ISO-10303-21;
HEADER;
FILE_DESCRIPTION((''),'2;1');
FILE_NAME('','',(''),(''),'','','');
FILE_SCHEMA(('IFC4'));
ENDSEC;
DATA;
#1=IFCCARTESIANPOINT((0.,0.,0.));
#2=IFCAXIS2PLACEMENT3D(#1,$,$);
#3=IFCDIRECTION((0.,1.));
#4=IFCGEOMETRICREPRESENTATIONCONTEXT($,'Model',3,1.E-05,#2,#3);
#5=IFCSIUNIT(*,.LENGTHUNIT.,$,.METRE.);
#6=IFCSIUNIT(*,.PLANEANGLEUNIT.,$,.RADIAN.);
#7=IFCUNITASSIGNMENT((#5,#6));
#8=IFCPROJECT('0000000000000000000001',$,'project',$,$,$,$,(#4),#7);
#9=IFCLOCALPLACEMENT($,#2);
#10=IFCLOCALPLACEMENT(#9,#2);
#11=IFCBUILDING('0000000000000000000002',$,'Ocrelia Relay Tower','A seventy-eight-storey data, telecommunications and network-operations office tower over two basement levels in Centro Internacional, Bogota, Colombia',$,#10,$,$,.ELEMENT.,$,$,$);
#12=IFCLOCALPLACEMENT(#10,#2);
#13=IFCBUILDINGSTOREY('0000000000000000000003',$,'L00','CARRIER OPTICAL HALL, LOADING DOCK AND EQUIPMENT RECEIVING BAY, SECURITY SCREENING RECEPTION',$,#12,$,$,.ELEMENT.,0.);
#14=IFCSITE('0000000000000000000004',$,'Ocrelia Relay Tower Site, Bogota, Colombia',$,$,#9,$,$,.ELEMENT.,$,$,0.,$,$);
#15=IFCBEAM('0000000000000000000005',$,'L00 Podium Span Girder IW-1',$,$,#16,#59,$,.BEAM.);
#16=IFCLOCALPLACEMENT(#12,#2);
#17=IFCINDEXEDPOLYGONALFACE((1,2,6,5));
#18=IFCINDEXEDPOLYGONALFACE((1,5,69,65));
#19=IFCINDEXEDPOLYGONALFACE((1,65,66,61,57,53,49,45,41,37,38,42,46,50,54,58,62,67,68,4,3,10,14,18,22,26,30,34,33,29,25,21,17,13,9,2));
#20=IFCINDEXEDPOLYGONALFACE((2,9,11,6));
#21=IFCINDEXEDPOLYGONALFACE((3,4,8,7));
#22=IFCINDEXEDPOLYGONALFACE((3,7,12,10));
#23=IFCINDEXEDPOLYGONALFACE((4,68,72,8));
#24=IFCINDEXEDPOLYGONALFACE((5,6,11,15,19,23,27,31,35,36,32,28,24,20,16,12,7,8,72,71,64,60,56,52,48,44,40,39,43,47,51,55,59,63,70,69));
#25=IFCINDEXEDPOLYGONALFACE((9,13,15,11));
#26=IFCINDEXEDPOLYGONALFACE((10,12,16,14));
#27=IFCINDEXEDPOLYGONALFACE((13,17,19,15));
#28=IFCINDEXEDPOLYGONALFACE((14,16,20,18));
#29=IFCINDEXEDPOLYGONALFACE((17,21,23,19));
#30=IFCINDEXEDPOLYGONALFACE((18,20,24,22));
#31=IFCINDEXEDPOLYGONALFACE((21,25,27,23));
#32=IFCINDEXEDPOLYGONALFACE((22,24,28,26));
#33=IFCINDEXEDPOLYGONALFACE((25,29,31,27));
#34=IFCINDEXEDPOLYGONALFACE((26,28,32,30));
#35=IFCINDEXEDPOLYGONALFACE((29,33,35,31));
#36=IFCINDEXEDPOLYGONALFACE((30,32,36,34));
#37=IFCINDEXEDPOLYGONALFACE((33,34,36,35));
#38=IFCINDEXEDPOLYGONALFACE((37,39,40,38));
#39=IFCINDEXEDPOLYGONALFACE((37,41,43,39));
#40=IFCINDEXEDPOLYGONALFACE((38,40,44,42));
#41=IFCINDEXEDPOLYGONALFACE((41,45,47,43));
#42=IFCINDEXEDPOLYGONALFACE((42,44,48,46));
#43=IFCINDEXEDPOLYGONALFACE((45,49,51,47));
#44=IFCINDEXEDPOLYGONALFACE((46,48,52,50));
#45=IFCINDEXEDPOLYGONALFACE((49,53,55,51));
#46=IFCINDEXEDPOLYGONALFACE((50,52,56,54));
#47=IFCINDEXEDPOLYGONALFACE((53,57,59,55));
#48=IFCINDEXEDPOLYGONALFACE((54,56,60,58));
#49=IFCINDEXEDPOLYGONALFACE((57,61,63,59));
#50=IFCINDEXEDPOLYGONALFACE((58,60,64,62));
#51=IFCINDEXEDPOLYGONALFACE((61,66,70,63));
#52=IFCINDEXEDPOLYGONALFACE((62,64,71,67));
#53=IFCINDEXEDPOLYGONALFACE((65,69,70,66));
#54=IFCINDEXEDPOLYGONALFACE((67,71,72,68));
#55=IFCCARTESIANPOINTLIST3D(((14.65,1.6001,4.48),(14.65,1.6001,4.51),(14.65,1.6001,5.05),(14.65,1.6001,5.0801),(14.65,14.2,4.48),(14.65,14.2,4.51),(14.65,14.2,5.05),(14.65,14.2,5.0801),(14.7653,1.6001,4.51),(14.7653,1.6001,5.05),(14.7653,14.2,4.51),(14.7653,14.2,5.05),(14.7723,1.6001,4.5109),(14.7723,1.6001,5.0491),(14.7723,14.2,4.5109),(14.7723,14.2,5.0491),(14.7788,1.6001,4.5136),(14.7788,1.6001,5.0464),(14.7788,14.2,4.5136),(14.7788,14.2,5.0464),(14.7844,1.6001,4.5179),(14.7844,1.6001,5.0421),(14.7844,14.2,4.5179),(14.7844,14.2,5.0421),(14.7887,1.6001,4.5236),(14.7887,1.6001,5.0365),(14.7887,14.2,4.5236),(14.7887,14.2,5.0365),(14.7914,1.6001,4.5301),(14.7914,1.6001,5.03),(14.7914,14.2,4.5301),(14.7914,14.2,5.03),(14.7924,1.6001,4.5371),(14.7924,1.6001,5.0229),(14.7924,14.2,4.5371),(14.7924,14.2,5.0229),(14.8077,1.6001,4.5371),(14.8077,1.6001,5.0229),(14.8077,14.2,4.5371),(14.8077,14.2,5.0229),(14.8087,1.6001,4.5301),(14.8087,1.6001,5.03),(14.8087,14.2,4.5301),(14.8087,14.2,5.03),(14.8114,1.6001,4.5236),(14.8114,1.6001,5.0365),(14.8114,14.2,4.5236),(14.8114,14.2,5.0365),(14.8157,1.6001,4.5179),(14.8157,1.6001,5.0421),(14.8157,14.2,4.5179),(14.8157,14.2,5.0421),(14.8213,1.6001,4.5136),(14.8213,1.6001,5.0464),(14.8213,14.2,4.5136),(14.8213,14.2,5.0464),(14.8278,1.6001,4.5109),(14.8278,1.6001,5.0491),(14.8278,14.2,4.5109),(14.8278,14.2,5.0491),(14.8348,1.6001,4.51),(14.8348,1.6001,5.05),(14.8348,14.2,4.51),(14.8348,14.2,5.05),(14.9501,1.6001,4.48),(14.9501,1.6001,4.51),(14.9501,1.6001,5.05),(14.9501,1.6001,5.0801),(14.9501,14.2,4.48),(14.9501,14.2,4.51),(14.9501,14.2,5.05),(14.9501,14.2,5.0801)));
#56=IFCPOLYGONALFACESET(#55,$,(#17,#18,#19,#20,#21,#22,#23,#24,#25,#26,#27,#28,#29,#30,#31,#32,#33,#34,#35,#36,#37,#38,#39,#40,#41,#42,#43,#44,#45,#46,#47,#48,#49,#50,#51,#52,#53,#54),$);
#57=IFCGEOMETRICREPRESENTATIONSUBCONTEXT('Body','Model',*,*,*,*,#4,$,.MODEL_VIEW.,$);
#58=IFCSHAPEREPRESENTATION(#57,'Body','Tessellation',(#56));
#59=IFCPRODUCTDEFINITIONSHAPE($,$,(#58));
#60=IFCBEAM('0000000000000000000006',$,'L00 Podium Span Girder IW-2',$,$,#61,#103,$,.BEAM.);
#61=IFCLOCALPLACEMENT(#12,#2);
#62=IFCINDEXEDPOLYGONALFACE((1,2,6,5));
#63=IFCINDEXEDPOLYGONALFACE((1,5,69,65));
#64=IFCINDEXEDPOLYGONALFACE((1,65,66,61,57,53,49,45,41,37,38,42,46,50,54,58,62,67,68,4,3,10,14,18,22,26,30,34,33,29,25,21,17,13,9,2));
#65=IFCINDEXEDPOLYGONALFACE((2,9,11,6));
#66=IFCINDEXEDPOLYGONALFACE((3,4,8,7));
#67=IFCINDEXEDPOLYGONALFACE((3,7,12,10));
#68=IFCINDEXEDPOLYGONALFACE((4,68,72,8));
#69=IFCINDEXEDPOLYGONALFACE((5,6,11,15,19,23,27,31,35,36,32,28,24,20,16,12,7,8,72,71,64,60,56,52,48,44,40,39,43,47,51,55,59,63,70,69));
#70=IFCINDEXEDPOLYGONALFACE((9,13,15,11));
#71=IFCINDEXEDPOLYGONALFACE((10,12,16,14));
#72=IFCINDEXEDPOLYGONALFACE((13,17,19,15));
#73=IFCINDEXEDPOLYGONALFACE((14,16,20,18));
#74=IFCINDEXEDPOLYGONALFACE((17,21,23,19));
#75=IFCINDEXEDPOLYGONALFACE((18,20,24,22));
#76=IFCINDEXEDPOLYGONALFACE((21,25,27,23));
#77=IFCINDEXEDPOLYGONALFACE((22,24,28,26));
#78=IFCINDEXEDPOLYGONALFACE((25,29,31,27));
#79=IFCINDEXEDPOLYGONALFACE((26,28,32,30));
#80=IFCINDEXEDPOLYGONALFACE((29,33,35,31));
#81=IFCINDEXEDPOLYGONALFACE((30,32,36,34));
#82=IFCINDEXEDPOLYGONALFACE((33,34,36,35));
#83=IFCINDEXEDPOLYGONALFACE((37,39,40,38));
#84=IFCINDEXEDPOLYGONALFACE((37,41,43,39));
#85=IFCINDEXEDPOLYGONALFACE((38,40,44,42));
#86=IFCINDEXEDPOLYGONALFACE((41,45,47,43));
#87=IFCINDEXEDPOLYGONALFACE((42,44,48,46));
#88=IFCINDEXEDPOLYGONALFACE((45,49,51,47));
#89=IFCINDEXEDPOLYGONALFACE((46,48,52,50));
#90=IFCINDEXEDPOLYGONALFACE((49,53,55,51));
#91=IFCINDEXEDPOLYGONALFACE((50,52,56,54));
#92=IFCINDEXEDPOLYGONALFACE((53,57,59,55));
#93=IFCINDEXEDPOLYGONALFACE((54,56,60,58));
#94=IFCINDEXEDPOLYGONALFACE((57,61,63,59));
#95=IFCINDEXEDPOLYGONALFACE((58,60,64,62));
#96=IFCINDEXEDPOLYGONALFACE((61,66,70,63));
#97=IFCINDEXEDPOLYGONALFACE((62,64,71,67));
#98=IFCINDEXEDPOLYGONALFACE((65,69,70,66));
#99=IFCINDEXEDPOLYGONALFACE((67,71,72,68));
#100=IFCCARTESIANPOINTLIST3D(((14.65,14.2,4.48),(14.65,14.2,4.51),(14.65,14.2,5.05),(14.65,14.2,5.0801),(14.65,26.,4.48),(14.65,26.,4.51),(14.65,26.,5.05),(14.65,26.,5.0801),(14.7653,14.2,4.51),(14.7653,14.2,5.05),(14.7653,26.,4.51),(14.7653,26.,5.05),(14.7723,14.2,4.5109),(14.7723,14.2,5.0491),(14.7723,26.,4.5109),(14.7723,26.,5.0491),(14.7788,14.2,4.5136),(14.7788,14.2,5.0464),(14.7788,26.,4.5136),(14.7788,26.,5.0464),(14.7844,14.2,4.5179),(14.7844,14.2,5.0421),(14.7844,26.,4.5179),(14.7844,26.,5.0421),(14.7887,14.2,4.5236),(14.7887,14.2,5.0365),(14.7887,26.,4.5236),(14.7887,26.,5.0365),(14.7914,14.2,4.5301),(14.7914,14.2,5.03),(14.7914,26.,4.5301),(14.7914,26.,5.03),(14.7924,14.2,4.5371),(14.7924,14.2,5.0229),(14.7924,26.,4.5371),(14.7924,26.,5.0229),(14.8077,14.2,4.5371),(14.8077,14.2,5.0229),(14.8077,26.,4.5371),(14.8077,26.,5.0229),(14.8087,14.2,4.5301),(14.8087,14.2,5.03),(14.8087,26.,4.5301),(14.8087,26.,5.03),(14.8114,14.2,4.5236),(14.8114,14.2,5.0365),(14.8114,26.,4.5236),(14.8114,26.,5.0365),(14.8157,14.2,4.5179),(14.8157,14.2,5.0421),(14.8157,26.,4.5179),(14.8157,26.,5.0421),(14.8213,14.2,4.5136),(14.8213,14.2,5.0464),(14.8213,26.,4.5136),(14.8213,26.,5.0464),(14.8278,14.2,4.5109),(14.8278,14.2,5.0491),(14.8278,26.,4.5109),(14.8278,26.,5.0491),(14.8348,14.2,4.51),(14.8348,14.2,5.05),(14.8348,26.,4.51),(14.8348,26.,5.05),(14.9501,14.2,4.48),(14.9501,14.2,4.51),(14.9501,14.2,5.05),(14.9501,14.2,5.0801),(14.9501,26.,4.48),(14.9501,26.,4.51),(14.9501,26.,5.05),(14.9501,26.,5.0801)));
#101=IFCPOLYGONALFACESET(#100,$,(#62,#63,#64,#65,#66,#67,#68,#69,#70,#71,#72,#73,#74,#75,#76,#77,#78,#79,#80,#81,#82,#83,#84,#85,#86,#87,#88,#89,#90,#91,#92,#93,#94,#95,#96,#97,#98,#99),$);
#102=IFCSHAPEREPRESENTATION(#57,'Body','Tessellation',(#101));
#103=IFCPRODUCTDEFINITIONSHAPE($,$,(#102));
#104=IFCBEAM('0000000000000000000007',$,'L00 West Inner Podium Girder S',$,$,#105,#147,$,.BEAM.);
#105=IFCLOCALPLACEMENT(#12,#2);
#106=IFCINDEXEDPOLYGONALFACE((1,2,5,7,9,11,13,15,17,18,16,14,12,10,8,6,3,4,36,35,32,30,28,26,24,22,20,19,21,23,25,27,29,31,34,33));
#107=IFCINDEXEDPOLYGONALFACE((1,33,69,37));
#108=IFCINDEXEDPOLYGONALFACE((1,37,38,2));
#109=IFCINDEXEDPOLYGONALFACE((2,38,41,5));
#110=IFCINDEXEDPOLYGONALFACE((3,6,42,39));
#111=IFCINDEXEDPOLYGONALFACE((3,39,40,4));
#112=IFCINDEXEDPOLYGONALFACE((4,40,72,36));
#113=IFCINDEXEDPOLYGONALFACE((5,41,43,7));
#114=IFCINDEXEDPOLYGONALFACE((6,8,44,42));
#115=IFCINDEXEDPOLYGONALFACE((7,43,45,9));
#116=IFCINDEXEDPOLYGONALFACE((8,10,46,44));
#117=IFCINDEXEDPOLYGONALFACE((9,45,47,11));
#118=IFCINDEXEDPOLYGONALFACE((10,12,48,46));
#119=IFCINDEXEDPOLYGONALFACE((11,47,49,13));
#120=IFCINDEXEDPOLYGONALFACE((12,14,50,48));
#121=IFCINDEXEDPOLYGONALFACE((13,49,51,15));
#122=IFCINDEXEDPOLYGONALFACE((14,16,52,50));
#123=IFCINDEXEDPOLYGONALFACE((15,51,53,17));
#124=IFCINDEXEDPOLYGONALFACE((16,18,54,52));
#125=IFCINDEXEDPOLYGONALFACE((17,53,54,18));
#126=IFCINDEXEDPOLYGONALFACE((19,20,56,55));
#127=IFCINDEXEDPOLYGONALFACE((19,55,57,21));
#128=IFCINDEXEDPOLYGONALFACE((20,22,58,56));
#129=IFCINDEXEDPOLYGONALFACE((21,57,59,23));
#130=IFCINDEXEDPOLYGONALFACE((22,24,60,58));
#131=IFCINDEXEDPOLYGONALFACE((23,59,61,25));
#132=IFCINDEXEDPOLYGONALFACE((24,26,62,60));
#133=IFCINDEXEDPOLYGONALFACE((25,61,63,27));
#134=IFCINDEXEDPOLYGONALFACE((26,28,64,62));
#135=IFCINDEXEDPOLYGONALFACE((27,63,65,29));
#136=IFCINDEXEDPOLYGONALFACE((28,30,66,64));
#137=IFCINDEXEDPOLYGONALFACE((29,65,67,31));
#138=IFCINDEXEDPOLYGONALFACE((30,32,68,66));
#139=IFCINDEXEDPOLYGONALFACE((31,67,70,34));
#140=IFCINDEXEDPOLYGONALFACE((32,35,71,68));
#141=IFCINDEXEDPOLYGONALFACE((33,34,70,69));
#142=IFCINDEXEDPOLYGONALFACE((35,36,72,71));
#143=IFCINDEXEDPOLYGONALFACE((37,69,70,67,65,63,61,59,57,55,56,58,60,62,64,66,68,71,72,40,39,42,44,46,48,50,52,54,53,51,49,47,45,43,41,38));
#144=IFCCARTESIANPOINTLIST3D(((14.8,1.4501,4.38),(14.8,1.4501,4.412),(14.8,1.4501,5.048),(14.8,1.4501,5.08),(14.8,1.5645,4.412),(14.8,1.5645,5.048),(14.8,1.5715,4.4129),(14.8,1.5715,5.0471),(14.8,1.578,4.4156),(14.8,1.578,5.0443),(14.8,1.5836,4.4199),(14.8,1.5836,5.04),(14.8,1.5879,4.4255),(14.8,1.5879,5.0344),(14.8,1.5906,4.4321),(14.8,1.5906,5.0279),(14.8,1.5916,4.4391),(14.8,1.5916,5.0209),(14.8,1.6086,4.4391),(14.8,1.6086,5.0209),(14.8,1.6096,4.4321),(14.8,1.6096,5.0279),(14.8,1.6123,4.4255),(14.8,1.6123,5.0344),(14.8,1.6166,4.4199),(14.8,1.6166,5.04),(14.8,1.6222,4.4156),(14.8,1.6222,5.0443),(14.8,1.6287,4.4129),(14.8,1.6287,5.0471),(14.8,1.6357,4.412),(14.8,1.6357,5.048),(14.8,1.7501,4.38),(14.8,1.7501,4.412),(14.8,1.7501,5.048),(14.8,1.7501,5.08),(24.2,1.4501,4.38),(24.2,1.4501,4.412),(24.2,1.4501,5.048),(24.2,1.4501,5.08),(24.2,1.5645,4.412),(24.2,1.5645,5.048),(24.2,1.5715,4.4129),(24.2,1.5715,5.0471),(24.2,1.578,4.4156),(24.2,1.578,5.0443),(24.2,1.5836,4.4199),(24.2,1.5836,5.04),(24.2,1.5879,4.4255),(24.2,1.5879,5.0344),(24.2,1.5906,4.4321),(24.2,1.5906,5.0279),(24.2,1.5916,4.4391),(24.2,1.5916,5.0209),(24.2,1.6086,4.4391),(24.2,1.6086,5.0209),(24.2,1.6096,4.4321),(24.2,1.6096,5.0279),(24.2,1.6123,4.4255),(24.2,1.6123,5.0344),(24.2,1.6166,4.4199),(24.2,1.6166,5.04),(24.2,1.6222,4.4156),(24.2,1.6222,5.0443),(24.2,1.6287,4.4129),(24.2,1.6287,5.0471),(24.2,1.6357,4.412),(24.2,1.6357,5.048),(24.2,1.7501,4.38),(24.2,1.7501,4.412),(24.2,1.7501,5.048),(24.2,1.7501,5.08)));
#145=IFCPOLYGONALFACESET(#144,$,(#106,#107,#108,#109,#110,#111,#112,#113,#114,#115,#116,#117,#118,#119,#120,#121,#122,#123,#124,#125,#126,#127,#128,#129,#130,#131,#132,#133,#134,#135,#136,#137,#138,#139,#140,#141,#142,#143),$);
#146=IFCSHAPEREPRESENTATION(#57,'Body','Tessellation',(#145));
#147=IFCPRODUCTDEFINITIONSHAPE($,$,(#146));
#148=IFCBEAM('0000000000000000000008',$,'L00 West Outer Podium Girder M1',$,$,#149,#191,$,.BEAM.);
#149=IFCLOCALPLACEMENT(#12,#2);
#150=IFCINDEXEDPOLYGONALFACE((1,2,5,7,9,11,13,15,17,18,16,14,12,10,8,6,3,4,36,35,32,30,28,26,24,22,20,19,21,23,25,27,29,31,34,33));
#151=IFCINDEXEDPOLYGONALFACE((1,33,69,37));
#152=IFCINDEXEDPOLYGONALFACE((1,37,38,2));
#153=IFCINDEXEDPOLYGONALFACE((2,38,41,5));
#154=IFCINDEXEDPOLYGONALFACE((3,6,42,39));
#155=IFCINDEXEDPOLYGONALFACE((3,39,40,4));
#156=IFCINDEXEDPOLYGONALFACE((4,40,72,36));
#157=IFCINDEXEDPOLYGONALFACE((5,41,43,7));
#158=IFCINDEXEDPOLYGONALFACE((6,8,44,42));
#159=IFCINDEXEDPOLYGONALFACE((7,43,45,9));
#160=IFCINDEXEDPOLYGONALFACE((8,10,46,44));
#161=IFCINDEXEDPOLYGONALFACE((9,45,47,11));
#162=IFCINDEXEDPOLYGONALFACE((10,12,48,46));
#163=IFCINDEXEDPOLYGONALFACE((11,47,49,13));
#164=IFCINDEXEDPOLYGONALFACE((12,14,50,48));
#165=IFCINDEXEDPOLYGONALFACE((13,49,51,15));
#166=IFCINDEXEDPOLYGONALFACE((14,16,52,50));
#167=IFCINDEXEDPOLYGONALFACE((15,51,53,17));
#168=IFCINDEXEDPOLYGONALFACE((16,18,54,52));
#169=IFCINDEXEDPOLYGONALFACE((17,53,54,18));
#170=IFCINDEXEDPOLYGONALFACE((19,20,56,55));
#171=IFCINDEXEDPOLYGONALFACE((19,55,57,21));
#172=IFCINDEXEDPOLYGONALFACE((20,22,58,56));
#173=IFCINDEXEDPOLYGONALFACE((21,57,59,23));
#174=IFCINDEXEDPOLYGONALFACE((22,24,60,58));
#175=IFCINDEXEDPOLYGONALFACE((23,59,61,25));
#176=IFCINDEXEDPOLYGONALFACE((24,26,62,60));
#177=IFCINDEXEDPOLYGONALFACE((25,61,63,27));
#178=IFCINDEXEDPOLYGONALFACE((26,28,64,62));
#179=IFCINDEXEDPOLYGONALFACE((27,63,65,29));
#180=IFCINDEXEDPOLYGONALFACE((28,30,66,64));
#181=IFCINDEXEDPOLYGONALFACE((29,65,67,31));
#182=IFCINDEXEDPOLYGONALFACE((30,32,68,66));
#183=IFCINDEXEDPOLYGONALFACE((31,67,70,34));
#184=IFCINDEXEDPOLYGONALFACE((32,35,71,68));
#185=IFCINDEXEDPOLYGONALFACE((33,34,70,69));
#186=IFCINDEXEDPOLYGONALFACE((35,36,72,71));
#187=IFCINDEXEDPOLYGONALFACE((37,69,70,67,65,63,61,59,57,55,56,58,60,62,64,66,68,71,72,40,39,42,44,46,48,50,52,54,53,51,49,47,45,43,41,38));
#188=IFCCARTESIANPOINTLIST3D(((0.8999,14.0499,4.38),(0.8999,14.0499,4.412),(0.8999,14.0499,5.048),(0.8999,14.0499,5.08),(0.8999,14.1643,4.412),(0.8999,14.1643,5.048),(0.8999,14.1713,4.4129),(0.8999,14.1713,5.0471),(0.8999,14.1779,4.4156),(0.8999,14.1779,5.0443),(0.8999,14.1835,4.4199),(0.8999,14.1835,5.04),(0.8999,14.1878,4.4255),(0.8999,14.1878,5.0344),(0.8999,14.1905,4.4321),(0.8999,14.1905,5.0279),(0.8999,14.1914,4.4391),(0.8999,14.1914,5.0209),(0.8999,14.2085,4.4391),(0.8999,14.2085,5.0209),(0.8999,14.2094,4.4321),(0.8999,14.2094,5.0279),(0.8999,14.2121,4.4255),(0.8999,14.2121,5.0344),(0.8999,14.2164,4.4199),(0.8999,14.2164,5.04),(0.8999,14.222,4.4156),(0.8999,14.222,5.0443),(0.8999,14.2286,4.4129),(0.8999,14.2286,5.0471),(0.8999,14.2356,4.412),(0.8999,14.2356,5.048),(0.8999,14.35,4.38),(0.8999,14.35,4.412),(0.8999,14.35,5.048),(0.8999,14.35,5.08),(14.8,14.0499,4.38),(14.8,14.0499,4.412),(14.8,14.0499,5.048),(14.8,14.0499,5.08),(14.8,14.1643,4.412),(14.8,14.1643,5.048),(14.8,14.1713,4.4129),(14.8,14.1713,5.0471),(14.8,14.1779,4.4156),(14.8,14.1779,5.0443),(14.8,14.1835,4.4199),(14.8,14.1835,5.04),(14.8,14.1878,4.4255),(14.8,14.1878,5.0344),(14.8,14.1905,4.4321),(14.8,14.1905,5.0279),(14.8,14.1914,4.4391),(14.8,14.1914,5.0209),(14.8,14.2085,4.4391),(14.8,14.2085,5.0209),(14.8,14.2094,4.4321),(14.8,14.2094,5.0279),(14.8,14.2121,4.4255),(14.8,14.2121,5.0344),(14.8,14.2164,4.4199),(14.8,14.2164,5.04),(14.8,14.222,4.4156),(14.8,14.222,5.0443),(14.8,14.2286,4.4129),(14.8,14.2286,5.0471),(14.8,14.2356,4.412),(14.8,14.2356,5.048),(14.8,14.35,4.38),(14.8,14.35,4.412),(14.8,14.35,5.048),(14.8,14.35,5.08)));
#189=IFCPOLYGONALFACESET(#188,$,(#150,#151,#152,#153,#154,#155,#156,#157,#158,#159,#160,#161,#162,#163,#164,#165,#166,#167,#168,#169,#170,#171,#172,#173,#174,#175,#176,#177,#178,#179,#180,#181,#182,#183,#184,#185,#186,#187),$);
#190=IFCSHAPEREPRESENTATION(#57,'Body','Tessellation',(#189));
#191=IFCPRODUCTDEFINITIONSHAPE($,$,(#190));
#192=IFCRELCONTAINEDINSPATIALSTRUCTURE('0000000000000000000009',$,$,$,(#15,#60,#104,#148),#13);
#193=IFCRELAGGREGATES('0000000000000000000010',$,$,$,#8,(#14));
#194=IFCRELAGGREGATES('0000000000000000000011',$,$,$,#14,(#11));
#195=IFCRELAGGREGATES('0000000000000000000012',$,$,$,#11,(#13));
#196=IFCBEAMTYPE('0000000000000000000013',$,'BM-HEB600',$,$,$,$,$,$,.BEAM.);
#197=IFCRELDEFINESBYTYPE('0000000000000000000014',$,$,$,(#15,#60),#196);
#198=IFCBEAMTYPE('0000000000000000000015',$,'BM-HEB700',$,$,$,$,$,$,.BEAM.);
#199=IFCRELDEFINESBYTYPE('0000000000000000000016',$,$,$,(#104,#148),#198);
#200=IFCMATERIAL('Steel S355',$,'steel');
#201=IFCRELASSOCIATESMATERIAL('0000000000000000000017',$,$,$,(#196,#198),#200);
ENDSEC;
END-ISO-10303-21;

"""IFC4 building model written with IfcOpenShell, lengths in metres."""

from ifc_helpers import new_model, si_unit, direction, frame, origin, origin_2d, place, context, subcontext, project, spatial, i_section, extrude, material, material_profile, profile_set, type_object, element, save


model = new_model("IFC4")

# Units and contexts
model_context = context("Model", 3, precision=1e-05, world=origin(), true_north=direction((0.0, 1.0)))
body_context = subcontext(model_context, "Body", "Model", "MODEL_VIEW")
ifc_project = project(units=[si_unit("LENGTHUNIT", "METRE"), si_unit("PLANEANGLEUNIT", "RADIAN")], contexts=[model_context])

# Site, building, storey
site_placement = place(None, origin())
site = spatial("IfcSite", under=ifc_project, at=site_placement, Name="Ocrelia Relay Tower Site, Bogota, Colombia", CompositionType="ELEMENT", RefElevation=0.0)
building_placement = place(site_placement, origin())
building = spatial("IfcBuilding", under=site, at=building_placement, Name="Ocrelia Relay Tower", Description="A seventy-eight-storey data, telecommunications and network-operations office tower over two basement levels in Centro Internacional, Bogota, Colombia", CompositionType="ELEMENT")
storey_placement = place(building_placement, origin())
storey = spatial("IfcBuildingStorey", under=building, at=storey_placement, Name="L00", Description="CARRIER OPTICAL HALL, LOADING DOCK AND EQUIPMENT RECEIVING BAY, SECURITY SCREENING RECEPTION", CompositionType="ELEMENT", Elevation=0.0)

# Beams
ifc_material_1 = material(Name="Steel S355", Category="steel")
ifc_material_profile_1 = material_profile(ifc_material_1, i_section(OverallWidth=0.3, OverallDepth=0.6001, WebThickness=0.0154, FlangeThickness=0.03, FilletRadius=0.0271, at=origin_2d()), Name="HEB 600")
ifc_profile_set_1 = profile_set([ifc_material_profile_1], Name="Steel S355")
beam_type_1 = type_object("IfcBeamType", Name="BM-HEB600", PredefinedType="BEAM", material=ifc_profile_set_1)
beam_1_placement = place(storey_placement, frame((14.8, 1.6001, 4.78), z_axis=(0.0, 1.0, 0.0), x_axis=(-1.0, 0.0, 0.0)))
element("IfcBeam", 1, at=beam_1_placement, inside=storey, type_object=beam_type_1, Name="L00 Podium Span Girder IW-1", PredefinedType="BEAM", context=body_context, shape_type="SweptSolid", body=[
    extrude(i_section(OverallWidth=0.3, OverallDepth=0.6001, WebThickness=0.0154, FlangeThickness=0.03, FilletRadius=0.0271, at=origin_2d()), origin(), (0.0, 0.0, 1.0), 12.5999),
])
beam_2_placement = place(storey_placement, frame((14.8, 14.2, 4.78), z_axis=(0.0, 1.0, 0.0), x_axis=(-1.0, 0.0, 0.0)))
element("IfcBeam", 2, at=beam_2_placement, inside=storey, type_object=beam_type_1, Name="L00 Podium Span Girder IW-2", PredefinedType="BEAM", context=body_context, shape_type="SweptSolid", body=[
    extrude(i_section(OverallWidth=0.3, OverallDepth=0.6001, WebThickness=0.0154, FlangeThickness=0.03, FilletRadius=0.0271, at=origin_2d()), origin(), (0.0, 0.0, 1.0), 11.8),
])
ifc_material_profile_2 = material_profile(ifc_material_1, i_section(OverallWidth=0.3, OverallDepth=0.7, WebThickness=0.0171, FlangeThickness=0.032, FilletRadius=0.0271, at=origin_2d()), Name="HEB 700")
ifc_profile_set_2 = profile_set([ifc_material_profile_2], Name="Steel S355")
beam_type_2 = type_object("IfcBeamType", Name="BM-HEB700", PredefinedType="BEAM", material=ifc_profile_set_2)
beam_3_placement = place(storey_placement, frame((14.8, 1.6001, 4.73), z_axis=(1.0, 0.0, 0.0), x_axis=(0.0, 1.0, 0.0)))
element("IfcBeam", 3, at=beam_3_placement, inside=storey, type_object=beam_type_2, Name="L00 West Inner Podium Girder S", PredefinedType="BEAM", context=body_context, shape_type="SweptSolid", body=[
    extrude(i_section(OverallWidth=0.3, OverallDepth=0.7, WebThickness=0.0171, FlangeThickness=0.032, FilletRadius=0.0271, at=origin_2d()), origin(), (0.0, 0.0, 1.0), 9.3999),
])
beam_4_placement = place(storey_placement, frame((0.8999, 14.2, 4.73), z_axis=(1.0, 0.0, 0.0), x_axis=(0.0, 1.0, 0.0)))
element("IfcBeam", 4, at=beam_4_placement, inside=storey, type_object=beam_type_2, Name="L00 West Outer Podium Girder M1", PredefinedType="BEAM", context=body_context, shape_type="SweptSolid", body=[
    extrude(i_section(OverallWidth=0.3, OverallDepth=0.7, WebThickness=0.0171, FlangeThickness=0.032, FilletRadius=0.0271, at=origin_2d()), origin(), (0.0, 0.0, 1.0), 13.9001),
])

save(model, "model.ifc")
